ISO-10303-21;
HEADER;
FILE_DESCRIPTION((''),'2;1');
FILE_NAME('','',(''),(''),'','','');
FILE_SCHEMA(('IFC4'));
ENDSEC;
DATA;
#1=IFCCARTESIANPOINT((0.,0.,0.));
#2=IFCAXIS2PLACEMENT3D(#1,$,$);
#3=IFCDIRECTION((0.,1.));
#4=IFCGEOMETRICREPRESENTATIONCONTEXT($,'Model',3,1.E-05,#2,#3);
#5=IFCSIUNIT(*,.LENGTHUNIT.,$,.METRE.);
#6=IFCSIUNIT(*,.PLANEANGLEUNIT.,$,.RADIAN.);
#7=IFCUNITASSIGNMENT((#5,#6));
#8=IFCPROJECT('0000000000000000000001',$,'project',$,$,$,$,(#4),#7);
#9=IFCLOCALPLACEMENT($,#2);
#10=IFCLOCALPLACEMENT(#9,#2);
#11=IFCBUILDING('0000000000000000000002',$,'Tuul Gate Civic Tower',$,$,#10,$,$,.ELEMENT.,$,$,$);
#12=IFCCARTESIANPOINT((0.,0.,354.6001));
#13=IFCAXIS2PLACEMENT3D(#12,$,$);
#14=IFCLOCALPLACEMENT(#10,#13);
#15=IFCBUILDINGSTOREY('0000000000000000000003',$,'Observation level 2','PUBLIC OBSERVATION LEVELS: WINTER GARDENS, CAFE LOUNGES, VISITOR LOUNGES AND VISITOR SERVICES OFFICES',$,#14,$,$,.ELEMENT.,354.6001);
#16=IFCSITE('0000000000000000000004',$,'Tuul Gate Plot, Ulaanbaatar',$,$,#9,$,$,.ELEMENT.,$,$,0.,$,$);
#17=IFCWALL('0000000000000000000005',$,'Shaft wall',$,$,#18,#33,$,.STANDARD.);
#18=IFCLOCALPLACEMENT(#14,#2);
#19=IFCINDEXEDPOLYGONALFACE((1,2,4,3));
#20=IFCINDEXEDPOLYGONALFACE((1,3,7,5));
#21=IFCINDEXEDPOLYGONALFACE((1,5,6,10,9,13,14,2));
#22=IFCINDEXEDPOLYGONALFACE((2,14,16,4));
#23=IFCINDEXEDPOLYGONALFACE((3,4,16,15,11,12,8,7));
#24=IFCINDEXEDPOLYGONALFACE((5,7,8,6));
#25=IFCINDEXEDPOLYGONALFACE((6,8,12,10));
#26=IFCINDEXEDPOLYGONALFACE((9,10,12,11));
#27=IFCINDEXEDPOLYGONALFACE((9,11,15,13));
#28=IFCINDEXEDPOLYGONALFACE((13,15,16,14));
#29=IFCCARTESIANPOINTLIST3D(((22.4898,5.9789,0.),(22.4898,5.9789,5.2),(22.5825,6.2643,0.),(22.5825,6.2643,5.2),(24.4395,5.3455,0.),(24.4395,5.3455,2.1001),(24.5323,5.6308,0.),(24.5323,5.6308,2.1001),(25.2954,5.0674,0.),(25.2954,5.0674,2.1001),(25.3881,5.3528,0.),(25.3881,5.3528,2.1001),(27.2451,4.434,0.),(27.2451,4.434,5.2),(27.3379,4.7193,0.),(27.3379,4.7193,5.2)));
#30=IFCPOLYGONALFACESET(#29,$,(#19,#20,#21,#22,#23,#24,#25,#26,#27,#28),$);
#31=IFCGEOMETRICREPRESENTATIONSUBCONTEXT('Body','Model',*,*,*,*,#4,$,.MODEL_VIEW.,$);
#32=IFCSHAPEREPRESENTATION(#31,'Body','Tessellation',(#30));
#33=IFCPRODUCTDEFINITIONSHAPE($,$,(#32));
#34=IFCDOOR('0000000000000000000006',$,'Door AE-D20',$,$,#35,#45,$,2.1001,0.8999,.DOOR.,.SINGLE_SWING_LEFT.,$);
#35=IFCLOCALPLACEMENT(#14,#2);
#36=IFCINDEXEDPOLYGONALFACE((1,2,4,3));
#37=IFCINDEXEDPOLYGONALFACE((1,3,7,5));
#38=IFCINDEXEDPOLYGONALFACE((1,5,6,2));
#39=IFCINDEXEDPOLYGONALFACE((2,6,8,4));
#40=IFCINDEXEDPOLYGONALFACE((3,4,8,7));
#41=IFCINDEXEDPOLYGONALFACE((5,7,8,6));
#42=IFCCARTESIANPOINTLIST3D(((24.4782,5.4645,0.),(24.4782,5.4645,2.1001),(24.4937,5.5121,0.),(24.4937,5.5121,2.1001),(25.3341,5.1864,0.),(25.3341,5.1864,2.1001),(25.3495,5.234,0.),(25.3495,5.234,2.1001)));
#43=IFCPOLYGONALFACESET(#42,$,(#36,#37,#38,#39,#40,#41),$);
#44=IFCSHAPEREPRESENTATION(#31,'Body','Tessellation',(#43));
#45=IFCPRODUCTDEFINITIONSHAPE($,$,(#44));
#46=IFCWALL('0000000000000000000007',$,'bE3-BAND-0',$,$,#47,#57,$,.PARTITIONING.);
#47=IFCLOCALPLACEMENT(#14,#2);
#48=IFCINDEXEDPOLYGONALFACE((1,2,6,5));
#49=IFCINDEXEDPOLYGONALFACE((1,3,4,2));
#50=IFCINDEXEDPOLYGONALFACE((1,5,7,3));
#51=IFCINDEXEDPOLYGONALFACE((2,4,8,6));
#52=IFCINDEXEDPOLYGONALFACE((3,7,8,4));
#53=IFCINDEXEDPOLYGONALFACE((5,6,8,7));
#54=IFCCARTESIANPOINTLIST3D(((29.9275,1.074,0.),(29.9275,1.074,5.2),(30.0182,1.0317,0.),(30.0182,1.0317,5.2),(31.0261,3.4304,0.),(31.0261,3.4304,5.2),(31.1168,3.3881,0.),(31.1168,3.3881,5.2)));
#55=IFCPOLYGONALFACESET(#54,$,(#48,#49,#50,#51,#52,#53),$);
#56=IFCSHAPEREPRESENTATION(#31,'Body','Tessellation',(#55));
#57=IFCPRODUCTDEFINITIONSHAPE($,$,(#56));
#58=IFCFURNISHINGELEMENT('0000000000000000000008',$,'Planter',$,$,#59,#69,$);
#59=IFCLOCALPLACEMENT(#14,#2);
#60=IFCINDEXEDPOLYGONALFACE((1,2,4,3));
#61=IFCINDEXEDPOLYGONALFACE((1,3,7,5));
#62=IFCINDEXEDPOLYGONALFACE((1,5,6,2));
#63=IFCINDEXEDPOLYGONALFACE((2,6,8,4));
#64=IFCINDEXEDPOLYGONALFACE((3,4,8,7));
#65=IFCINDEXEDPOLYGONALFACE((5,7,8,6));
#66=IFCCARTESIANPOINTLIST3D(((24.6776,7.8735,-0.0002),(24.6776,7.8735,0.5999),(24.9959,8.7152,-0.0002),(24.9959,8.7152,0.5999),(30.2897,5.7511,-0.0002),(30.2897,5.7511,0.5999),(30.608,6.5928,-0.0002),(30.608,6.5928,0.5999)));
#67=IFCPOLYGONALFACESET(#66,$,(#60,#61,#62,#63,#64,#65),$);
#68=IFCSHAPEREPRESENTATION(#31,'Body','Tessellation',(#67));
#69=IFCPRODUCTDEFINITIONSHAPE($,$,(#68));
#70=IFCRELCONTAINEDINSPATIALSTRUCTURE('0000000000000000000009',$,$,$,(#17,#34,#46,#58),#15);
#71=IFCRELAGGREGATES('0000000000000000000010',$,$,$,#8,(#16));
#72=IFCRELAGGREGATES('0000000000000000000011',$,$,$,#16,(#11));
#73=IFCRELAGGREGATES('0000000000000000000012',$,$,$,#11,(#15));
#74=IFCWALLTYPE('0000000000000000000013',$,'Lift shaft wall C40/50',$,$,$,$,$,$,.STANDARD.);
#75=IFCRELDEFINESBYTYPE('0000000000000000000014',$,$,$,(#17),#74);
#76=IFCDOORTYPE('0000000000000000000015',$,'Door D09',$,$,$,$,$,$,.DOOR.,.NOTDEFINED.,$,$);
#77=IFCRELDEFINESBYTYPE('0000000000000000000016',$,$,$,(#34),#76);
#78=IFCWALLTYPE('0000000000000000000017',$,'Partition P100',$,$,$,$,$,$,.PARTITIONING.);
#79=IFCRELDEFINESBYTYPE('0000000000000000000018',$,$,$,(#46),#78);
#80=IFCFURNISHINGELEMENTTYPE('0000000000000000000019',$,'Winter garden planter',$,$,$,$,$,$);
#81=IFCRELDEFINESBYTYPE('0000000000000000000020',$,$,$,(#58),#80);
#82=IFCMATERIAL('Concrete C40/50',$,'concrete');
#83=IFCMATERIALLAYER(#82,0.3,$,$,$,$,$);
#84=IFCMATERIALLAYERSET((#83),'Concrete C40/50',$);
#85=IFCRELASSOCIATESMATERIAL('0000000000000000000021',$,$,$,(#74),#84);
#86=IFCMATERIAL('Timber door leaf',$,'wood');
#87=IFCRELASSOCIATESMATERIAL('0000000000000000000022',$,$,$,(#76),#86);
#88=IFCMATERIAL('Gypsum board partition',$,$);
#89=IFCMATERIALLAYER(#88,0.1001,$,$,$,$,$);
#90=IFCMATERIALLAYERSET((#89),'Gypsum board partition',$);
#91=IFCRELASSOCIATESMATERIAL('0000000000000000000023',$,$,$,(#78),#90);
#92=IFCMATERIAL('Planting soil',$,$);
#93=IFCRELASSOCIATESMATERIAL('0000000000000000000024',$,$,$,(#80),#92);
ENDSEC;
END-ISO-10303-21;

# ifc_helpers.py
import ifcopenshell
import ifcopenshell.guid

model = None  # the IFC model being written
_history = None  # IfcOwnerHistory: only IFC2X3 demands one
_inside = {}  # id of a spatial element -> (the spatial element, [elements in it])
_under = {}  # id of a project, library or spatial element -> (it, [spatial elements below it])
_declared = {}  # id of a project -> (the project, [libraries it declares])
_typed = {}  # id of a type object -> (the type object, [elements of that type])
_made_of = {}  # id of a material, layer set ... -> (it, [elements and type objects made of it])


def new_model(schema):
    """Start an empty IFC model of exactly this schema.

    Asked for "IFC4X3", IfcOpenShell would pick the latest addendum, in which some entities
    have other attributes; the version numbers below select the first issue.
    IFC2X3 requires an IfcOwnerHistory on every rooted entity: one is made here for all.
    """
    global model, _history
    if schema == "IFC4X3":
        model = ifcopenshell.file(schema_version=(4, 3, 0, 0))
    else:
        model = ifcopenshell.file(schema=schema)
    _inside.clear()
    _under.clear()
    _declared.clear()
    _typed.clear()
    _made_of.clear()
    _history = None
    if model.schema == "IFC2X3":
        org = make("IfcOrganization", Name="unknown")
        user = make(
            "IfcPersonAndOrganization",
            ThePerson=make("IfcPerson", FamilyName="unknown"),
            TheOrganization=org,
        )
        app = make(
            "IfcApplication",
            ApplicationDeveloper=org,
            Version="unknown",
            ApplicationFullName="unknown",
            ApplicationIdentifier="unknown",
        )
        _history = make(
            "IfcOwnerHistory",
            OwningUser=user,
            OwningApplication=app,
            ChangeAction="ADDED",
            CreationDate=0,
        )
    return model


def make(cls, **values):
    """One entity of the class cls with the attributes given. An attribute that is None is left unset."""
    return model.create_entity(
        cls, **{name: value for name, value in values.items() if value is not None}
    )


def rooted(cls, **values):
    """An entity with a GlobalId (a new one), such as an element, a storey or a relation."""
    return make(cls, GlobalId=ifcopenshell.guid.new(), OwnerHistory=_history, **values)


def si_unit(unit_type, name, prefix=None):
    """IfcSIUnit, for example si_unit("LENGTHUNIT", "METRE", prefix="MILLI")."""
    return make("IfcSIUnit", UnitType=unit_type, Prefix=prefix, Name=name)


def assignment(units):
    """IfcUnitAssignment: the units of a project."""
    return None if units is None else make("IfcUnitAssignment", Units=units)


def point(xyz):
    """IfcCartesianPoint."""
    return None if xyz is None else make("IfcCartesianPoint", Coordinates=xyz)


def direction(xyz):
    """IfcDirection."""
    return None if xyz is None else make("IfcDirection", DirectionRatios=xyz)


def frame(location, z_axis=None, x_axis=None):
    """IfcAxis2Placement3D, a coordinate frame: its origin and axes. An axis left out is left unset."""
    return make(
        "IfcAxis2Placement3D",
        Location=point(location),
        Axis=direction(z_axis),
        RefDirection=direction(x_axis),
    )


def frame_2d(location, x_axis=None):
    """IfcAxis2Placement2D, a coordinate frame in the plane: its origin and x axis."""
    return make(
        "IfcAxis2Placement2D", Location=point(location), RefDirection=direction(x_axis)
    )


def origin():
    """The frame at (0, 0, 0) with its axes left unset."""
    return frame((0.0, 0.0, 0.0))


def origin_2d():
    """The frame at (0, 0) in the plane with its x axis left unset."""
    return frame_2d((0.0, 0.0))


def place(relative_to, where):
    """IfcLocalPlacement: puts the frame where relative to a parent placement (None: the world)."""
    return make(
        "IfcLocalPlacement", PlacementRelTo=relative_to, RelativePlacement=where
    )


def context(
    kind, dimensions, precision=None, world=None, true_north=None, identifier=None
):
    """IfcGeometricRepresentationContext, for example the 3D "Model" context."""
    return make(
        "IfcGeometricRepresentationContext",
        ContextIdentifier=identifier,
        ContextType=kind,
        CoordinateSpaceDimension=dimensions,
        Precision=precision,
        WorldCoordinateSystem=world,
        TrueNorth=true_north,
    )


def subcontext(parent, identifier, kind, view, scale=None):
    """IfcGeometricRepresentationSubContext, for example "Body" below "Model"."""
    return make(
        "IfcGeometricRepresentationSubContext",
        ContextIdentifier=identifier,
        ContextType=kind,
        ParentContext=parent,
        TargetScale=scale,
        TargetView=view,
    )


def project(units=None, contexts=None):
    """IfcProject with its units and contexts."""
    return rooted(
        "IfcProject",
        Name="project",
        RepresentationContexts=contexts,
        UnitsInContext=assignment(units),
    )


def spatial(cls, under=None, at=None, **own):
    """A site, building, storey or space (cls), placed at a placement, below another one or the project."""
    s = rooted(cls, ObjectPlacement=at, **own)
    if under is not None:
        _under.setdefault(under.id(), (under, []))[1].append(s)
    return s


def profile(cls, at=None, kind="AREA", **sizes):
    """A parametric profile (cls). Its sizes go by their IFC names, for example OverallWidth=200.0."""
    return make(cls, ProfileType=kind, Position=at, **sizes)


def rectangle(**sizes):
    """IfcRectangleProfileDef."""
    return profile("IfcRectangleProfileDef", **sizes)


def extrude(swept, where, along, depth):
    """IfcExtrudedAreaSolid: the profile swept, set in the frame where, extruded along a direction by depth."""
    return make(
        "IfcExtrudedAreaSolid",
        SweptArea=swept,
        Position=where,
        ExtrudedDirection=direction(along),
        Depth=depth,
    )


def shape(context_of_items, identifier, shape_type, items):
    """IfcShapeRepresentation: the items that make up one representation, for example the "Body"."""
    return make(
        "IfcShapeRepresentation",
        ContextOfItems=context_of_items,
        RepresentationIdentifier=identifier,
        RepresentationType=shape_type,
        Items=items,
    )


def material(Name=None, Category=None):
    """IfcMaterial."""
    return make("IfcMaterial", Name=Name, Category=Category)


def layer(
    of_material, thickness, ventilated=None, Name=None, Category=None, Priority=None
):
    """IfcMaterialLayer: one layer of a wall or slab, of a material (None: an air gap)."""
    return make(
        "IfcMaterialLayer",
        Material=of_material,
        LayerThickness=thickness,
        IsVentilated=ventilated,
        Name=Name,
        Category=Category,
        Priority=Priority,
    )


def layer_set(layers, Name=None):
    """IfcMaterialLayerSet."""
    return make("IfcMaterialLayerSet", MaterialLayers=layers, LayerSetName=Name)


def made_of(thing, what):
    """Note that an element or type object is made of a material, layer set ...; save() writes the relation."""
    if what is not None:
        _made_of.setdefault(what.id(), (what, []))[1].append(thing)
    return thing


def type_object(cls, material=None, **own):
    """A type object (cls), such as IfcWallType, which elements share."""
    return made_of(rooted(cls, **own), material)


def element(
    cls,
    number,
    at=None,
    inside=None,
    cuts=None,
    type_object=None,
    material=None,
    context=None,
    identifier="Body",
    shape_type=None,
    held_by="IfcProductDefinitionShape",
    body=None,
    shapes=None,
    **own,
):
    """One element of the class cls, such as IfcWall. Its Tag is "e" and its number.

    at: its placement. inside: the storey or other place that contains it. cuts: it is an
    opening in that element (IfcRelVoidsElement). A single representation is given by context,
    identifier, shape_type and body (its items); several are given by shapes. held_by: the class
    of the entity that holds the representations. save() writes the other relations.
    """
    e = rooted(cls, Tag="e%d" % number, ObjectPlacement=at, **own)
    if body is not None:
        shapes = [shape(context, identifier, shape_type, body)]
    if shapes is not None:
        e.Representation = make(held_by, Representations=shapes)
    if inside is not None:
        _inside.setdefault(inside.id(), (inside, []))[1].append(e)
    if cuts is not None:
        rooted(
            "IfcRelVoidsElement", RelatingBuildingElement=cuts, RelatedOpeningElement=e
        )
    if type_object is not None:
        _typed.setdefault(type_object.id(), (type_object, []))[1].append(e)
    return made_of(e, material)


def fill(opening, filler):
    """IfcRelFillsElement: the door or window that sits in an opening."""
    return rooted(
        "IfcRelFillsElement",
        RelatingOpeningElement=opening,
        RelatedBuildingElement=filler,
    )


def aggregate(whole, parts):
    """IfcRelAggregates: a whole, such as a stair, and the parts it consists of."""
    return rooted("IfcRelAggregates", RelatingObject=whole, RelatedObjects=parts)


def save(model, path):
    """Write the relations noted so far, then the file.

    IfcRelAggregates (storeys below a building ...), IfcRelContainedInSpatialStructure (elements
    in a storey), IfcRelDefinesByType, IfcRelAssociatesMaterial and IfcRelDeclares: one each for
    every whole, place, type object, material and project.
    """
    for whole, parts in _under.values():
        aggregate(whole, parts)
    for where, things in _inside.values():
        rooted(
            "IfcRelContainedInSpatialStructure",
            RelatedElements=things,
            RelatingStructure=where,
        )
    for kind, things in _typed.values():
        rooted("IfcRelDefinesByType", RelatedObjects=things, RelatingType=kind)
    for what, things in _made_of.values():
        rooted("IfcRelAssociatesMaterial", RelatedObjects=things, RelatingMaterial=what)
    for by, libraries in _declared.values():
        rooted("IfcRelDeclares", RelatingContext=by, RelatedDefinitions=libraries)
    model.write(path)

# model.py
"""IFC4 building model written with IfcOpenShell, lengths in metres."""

from ifc_helpers import new_model, si_unit, direction, frame, frame_2d, origin, origin_2d, place, context, subcontext, project, spatial, rectangle, extrude, material, layer, layer_set, type_object, element, fill, save


model = new_model("IFC4")

# Units and contexts
model_context = context("Model", 3, precision=1e-05, world=origin(), true_north=direction((0.0, 1.0)))
body_context = subcontext(model_context, "Body", "Model", "MODEL_VIEW")
ifc_project = project(units=[si_unit("LENGTHUNIT", "METRE"), si_unit("PLANEANGLEUNIT", "RADIAN")], contexts=[model_context])

# Site, building, storey
site_placement = place(None, origin())
site = spatial("IfcSite", under=ifc_project, at=site_placement, Name="Tuul Gate Plot, Ulaanbaatar", CompositionType="ELEMENT", RefElevation=0.0)
building_placement = place(site_placement, origin())
building = spatial("IfcBuilding", under=site, at=building_placement, Name="Tuul Gate Civic Tower", CompositionType="ELEMENT")
storey_placement = place(building_placement, frame((0.0, 0.0, 354.6001)))
storey = spatial("IfcBuildingStorey", under=building, at=storey_placement, Name="Observation level 2", Description="PUBLIC OBSERVATION LEVELS: WINTER GARDENS, CAFE LOUNGES, VISITOR LOUNGES AND VISITOR SERVICES OFFICES", CompositionType="ELEMENT", Elevation=354.6001)

# Shared definitions
ifc_material_1 = material(Name="Concrete C40/50", Category="concrete")
ifc_layer_1 = layer(ifc_material_1, 0.3)
ifc_layer_set_1 = layer_set([ifc_layer_1], Name="Concrete C40/50")
wall_type_1 = type_object("IfcWallType", Name="Lift shaft wall C40/50", PredefinedType="STANDARD", material=ifc_layer_set_1)

# Wall, opening, door
wall_1_placement = place(storey_placement, frame((27.2915, 4.5767, 0.0), z_axis=(0.0, 0.0, 1.0), x_axis=(-0.951068, 0.308982, 0.0)))
wall_1 = element("IfcWall", 1, at=wall_1_placement, inside=storey, type_object=wall_type_1, Name="Shaft wall", PredefinedType="STANDARD", context=body_context, shape_type="SweptSolid", body=[
    extrude(rectangle(XDim=5.0, YDim=0.3, at=frame_2d((2.5, 0.0))), origin(), (0.0, 0.0, 1.0), 5.2),
])
opening_1_placement = place(wall_1_placement, frame((2.05, 0.0, 0.0)))
opening_1 = element("IfcOpeningElement", 2, at=opening_1_placement, cuts=wall_1, PredefinedType="OPENING", context=body_context, shape_type="SweptSolid", body=[
    extrude(rectangle(XDim=0.8999, YDim=2.1001, at=frame_2d((0.45, 1.05))), frame((0.0, 0.1602, 0.0), z_axis=(0.0, -1.0, 0.0), x_axis=(1.0, 0.0, 0.0)), (0.0, 0.0, 1.0), 0.3201),
])
ifc_material_2 = material(Name="Timber door leaf", Category="wood")
door_type_1 = type_object("IfcDoorType", Name="Door D09", OperationType="NOTDEFINED", PredefinedType="DOOR", material=ifc_material_2)
door_1_placement = place(opening_1_placement, origin())
door_1 = element("IfcDoor", 3, at=door_1_placement, inside=storey, type_object=door_type_1, Name="Door AE-D20", OperationType="SINGLE_SWING_LEFT", OverallHeight=2.1001, OverallWidth=0.8999, PredefinedType="DOOR", context=body_context, shape_type="SweptSolid", body=[
    extrude(rectangle(XDim=0.8999, YDim=2.1001, at=frame_2d((0.45, 1.05))), frame((0.0, 0.0249, 0.0), z_axis=(0.0, -1.0, 0.0), x_axis=(1.0, 0.0, 0.0)), (0.0, 0.0, 1.0), 0.05),
])
fill(opening_1, door_1)

# Wall
ifc_material_3 = material(Name="Gypsum board partition")
ifc_layer_2 = layer(ifc_material_3, 0.1001)
ifc_layer_set_2 = layer_set([ifc_layer_2], Name="Gypsum board partition")
wall_type_2 = type_object("IfcWallType", Name="Partition P100", PredefinedType="PARTITIONING", material=ifc_layer_set_2)
wall_2_placement = place(storey_placement, frame((29.9729, 1.053, 0.0), z_axis=(0.0, 0.0, 1.0), x_axis=(0.422556, 0.906337, 0.0)))
element("IfcWall", 4, at=wall_2_placement, inside=storey, type_object=wall_type_2, Name="bE3-BAND-0", PredefinedType="PARTITIONING", context=body_context, shape_type="SweptSolid", body=[
    extrude(rectangle(XDim=2.5999, YDim=0.1001, at=frame_2d((1.2998, 0.0))), origin(), (0.0, 0.0, 1.0), 5.2),
])

# Furnishing element
ifc_material_4 = material(Name="Planting soil")
furnishing_element_type = type_object("IfcFurnishingElementType", Name="Winter garden planter", material=ifc_material_4)
furnishing_placement = place(storey_placement, frame((27.6428, 7.2332, -0.0002), z_axis=(0.0, 0.0, 1.0), x_axis=(-0.935346, 0.353734, 0.0)))
element("IfcFurnishingElement", 5, at=furnishing_placement, inside=storey, type_object=furnishing_element_type, Name="Planter", context=body_context, shape_type="SweptSolid", body=[
    extrude(rectangle(XDim=6.0, YDim=0.8999, at=origin_2d()), origin(), (0.0, 0.0, 1.0), 0.6001),
])

save(model, "model.ifc")
